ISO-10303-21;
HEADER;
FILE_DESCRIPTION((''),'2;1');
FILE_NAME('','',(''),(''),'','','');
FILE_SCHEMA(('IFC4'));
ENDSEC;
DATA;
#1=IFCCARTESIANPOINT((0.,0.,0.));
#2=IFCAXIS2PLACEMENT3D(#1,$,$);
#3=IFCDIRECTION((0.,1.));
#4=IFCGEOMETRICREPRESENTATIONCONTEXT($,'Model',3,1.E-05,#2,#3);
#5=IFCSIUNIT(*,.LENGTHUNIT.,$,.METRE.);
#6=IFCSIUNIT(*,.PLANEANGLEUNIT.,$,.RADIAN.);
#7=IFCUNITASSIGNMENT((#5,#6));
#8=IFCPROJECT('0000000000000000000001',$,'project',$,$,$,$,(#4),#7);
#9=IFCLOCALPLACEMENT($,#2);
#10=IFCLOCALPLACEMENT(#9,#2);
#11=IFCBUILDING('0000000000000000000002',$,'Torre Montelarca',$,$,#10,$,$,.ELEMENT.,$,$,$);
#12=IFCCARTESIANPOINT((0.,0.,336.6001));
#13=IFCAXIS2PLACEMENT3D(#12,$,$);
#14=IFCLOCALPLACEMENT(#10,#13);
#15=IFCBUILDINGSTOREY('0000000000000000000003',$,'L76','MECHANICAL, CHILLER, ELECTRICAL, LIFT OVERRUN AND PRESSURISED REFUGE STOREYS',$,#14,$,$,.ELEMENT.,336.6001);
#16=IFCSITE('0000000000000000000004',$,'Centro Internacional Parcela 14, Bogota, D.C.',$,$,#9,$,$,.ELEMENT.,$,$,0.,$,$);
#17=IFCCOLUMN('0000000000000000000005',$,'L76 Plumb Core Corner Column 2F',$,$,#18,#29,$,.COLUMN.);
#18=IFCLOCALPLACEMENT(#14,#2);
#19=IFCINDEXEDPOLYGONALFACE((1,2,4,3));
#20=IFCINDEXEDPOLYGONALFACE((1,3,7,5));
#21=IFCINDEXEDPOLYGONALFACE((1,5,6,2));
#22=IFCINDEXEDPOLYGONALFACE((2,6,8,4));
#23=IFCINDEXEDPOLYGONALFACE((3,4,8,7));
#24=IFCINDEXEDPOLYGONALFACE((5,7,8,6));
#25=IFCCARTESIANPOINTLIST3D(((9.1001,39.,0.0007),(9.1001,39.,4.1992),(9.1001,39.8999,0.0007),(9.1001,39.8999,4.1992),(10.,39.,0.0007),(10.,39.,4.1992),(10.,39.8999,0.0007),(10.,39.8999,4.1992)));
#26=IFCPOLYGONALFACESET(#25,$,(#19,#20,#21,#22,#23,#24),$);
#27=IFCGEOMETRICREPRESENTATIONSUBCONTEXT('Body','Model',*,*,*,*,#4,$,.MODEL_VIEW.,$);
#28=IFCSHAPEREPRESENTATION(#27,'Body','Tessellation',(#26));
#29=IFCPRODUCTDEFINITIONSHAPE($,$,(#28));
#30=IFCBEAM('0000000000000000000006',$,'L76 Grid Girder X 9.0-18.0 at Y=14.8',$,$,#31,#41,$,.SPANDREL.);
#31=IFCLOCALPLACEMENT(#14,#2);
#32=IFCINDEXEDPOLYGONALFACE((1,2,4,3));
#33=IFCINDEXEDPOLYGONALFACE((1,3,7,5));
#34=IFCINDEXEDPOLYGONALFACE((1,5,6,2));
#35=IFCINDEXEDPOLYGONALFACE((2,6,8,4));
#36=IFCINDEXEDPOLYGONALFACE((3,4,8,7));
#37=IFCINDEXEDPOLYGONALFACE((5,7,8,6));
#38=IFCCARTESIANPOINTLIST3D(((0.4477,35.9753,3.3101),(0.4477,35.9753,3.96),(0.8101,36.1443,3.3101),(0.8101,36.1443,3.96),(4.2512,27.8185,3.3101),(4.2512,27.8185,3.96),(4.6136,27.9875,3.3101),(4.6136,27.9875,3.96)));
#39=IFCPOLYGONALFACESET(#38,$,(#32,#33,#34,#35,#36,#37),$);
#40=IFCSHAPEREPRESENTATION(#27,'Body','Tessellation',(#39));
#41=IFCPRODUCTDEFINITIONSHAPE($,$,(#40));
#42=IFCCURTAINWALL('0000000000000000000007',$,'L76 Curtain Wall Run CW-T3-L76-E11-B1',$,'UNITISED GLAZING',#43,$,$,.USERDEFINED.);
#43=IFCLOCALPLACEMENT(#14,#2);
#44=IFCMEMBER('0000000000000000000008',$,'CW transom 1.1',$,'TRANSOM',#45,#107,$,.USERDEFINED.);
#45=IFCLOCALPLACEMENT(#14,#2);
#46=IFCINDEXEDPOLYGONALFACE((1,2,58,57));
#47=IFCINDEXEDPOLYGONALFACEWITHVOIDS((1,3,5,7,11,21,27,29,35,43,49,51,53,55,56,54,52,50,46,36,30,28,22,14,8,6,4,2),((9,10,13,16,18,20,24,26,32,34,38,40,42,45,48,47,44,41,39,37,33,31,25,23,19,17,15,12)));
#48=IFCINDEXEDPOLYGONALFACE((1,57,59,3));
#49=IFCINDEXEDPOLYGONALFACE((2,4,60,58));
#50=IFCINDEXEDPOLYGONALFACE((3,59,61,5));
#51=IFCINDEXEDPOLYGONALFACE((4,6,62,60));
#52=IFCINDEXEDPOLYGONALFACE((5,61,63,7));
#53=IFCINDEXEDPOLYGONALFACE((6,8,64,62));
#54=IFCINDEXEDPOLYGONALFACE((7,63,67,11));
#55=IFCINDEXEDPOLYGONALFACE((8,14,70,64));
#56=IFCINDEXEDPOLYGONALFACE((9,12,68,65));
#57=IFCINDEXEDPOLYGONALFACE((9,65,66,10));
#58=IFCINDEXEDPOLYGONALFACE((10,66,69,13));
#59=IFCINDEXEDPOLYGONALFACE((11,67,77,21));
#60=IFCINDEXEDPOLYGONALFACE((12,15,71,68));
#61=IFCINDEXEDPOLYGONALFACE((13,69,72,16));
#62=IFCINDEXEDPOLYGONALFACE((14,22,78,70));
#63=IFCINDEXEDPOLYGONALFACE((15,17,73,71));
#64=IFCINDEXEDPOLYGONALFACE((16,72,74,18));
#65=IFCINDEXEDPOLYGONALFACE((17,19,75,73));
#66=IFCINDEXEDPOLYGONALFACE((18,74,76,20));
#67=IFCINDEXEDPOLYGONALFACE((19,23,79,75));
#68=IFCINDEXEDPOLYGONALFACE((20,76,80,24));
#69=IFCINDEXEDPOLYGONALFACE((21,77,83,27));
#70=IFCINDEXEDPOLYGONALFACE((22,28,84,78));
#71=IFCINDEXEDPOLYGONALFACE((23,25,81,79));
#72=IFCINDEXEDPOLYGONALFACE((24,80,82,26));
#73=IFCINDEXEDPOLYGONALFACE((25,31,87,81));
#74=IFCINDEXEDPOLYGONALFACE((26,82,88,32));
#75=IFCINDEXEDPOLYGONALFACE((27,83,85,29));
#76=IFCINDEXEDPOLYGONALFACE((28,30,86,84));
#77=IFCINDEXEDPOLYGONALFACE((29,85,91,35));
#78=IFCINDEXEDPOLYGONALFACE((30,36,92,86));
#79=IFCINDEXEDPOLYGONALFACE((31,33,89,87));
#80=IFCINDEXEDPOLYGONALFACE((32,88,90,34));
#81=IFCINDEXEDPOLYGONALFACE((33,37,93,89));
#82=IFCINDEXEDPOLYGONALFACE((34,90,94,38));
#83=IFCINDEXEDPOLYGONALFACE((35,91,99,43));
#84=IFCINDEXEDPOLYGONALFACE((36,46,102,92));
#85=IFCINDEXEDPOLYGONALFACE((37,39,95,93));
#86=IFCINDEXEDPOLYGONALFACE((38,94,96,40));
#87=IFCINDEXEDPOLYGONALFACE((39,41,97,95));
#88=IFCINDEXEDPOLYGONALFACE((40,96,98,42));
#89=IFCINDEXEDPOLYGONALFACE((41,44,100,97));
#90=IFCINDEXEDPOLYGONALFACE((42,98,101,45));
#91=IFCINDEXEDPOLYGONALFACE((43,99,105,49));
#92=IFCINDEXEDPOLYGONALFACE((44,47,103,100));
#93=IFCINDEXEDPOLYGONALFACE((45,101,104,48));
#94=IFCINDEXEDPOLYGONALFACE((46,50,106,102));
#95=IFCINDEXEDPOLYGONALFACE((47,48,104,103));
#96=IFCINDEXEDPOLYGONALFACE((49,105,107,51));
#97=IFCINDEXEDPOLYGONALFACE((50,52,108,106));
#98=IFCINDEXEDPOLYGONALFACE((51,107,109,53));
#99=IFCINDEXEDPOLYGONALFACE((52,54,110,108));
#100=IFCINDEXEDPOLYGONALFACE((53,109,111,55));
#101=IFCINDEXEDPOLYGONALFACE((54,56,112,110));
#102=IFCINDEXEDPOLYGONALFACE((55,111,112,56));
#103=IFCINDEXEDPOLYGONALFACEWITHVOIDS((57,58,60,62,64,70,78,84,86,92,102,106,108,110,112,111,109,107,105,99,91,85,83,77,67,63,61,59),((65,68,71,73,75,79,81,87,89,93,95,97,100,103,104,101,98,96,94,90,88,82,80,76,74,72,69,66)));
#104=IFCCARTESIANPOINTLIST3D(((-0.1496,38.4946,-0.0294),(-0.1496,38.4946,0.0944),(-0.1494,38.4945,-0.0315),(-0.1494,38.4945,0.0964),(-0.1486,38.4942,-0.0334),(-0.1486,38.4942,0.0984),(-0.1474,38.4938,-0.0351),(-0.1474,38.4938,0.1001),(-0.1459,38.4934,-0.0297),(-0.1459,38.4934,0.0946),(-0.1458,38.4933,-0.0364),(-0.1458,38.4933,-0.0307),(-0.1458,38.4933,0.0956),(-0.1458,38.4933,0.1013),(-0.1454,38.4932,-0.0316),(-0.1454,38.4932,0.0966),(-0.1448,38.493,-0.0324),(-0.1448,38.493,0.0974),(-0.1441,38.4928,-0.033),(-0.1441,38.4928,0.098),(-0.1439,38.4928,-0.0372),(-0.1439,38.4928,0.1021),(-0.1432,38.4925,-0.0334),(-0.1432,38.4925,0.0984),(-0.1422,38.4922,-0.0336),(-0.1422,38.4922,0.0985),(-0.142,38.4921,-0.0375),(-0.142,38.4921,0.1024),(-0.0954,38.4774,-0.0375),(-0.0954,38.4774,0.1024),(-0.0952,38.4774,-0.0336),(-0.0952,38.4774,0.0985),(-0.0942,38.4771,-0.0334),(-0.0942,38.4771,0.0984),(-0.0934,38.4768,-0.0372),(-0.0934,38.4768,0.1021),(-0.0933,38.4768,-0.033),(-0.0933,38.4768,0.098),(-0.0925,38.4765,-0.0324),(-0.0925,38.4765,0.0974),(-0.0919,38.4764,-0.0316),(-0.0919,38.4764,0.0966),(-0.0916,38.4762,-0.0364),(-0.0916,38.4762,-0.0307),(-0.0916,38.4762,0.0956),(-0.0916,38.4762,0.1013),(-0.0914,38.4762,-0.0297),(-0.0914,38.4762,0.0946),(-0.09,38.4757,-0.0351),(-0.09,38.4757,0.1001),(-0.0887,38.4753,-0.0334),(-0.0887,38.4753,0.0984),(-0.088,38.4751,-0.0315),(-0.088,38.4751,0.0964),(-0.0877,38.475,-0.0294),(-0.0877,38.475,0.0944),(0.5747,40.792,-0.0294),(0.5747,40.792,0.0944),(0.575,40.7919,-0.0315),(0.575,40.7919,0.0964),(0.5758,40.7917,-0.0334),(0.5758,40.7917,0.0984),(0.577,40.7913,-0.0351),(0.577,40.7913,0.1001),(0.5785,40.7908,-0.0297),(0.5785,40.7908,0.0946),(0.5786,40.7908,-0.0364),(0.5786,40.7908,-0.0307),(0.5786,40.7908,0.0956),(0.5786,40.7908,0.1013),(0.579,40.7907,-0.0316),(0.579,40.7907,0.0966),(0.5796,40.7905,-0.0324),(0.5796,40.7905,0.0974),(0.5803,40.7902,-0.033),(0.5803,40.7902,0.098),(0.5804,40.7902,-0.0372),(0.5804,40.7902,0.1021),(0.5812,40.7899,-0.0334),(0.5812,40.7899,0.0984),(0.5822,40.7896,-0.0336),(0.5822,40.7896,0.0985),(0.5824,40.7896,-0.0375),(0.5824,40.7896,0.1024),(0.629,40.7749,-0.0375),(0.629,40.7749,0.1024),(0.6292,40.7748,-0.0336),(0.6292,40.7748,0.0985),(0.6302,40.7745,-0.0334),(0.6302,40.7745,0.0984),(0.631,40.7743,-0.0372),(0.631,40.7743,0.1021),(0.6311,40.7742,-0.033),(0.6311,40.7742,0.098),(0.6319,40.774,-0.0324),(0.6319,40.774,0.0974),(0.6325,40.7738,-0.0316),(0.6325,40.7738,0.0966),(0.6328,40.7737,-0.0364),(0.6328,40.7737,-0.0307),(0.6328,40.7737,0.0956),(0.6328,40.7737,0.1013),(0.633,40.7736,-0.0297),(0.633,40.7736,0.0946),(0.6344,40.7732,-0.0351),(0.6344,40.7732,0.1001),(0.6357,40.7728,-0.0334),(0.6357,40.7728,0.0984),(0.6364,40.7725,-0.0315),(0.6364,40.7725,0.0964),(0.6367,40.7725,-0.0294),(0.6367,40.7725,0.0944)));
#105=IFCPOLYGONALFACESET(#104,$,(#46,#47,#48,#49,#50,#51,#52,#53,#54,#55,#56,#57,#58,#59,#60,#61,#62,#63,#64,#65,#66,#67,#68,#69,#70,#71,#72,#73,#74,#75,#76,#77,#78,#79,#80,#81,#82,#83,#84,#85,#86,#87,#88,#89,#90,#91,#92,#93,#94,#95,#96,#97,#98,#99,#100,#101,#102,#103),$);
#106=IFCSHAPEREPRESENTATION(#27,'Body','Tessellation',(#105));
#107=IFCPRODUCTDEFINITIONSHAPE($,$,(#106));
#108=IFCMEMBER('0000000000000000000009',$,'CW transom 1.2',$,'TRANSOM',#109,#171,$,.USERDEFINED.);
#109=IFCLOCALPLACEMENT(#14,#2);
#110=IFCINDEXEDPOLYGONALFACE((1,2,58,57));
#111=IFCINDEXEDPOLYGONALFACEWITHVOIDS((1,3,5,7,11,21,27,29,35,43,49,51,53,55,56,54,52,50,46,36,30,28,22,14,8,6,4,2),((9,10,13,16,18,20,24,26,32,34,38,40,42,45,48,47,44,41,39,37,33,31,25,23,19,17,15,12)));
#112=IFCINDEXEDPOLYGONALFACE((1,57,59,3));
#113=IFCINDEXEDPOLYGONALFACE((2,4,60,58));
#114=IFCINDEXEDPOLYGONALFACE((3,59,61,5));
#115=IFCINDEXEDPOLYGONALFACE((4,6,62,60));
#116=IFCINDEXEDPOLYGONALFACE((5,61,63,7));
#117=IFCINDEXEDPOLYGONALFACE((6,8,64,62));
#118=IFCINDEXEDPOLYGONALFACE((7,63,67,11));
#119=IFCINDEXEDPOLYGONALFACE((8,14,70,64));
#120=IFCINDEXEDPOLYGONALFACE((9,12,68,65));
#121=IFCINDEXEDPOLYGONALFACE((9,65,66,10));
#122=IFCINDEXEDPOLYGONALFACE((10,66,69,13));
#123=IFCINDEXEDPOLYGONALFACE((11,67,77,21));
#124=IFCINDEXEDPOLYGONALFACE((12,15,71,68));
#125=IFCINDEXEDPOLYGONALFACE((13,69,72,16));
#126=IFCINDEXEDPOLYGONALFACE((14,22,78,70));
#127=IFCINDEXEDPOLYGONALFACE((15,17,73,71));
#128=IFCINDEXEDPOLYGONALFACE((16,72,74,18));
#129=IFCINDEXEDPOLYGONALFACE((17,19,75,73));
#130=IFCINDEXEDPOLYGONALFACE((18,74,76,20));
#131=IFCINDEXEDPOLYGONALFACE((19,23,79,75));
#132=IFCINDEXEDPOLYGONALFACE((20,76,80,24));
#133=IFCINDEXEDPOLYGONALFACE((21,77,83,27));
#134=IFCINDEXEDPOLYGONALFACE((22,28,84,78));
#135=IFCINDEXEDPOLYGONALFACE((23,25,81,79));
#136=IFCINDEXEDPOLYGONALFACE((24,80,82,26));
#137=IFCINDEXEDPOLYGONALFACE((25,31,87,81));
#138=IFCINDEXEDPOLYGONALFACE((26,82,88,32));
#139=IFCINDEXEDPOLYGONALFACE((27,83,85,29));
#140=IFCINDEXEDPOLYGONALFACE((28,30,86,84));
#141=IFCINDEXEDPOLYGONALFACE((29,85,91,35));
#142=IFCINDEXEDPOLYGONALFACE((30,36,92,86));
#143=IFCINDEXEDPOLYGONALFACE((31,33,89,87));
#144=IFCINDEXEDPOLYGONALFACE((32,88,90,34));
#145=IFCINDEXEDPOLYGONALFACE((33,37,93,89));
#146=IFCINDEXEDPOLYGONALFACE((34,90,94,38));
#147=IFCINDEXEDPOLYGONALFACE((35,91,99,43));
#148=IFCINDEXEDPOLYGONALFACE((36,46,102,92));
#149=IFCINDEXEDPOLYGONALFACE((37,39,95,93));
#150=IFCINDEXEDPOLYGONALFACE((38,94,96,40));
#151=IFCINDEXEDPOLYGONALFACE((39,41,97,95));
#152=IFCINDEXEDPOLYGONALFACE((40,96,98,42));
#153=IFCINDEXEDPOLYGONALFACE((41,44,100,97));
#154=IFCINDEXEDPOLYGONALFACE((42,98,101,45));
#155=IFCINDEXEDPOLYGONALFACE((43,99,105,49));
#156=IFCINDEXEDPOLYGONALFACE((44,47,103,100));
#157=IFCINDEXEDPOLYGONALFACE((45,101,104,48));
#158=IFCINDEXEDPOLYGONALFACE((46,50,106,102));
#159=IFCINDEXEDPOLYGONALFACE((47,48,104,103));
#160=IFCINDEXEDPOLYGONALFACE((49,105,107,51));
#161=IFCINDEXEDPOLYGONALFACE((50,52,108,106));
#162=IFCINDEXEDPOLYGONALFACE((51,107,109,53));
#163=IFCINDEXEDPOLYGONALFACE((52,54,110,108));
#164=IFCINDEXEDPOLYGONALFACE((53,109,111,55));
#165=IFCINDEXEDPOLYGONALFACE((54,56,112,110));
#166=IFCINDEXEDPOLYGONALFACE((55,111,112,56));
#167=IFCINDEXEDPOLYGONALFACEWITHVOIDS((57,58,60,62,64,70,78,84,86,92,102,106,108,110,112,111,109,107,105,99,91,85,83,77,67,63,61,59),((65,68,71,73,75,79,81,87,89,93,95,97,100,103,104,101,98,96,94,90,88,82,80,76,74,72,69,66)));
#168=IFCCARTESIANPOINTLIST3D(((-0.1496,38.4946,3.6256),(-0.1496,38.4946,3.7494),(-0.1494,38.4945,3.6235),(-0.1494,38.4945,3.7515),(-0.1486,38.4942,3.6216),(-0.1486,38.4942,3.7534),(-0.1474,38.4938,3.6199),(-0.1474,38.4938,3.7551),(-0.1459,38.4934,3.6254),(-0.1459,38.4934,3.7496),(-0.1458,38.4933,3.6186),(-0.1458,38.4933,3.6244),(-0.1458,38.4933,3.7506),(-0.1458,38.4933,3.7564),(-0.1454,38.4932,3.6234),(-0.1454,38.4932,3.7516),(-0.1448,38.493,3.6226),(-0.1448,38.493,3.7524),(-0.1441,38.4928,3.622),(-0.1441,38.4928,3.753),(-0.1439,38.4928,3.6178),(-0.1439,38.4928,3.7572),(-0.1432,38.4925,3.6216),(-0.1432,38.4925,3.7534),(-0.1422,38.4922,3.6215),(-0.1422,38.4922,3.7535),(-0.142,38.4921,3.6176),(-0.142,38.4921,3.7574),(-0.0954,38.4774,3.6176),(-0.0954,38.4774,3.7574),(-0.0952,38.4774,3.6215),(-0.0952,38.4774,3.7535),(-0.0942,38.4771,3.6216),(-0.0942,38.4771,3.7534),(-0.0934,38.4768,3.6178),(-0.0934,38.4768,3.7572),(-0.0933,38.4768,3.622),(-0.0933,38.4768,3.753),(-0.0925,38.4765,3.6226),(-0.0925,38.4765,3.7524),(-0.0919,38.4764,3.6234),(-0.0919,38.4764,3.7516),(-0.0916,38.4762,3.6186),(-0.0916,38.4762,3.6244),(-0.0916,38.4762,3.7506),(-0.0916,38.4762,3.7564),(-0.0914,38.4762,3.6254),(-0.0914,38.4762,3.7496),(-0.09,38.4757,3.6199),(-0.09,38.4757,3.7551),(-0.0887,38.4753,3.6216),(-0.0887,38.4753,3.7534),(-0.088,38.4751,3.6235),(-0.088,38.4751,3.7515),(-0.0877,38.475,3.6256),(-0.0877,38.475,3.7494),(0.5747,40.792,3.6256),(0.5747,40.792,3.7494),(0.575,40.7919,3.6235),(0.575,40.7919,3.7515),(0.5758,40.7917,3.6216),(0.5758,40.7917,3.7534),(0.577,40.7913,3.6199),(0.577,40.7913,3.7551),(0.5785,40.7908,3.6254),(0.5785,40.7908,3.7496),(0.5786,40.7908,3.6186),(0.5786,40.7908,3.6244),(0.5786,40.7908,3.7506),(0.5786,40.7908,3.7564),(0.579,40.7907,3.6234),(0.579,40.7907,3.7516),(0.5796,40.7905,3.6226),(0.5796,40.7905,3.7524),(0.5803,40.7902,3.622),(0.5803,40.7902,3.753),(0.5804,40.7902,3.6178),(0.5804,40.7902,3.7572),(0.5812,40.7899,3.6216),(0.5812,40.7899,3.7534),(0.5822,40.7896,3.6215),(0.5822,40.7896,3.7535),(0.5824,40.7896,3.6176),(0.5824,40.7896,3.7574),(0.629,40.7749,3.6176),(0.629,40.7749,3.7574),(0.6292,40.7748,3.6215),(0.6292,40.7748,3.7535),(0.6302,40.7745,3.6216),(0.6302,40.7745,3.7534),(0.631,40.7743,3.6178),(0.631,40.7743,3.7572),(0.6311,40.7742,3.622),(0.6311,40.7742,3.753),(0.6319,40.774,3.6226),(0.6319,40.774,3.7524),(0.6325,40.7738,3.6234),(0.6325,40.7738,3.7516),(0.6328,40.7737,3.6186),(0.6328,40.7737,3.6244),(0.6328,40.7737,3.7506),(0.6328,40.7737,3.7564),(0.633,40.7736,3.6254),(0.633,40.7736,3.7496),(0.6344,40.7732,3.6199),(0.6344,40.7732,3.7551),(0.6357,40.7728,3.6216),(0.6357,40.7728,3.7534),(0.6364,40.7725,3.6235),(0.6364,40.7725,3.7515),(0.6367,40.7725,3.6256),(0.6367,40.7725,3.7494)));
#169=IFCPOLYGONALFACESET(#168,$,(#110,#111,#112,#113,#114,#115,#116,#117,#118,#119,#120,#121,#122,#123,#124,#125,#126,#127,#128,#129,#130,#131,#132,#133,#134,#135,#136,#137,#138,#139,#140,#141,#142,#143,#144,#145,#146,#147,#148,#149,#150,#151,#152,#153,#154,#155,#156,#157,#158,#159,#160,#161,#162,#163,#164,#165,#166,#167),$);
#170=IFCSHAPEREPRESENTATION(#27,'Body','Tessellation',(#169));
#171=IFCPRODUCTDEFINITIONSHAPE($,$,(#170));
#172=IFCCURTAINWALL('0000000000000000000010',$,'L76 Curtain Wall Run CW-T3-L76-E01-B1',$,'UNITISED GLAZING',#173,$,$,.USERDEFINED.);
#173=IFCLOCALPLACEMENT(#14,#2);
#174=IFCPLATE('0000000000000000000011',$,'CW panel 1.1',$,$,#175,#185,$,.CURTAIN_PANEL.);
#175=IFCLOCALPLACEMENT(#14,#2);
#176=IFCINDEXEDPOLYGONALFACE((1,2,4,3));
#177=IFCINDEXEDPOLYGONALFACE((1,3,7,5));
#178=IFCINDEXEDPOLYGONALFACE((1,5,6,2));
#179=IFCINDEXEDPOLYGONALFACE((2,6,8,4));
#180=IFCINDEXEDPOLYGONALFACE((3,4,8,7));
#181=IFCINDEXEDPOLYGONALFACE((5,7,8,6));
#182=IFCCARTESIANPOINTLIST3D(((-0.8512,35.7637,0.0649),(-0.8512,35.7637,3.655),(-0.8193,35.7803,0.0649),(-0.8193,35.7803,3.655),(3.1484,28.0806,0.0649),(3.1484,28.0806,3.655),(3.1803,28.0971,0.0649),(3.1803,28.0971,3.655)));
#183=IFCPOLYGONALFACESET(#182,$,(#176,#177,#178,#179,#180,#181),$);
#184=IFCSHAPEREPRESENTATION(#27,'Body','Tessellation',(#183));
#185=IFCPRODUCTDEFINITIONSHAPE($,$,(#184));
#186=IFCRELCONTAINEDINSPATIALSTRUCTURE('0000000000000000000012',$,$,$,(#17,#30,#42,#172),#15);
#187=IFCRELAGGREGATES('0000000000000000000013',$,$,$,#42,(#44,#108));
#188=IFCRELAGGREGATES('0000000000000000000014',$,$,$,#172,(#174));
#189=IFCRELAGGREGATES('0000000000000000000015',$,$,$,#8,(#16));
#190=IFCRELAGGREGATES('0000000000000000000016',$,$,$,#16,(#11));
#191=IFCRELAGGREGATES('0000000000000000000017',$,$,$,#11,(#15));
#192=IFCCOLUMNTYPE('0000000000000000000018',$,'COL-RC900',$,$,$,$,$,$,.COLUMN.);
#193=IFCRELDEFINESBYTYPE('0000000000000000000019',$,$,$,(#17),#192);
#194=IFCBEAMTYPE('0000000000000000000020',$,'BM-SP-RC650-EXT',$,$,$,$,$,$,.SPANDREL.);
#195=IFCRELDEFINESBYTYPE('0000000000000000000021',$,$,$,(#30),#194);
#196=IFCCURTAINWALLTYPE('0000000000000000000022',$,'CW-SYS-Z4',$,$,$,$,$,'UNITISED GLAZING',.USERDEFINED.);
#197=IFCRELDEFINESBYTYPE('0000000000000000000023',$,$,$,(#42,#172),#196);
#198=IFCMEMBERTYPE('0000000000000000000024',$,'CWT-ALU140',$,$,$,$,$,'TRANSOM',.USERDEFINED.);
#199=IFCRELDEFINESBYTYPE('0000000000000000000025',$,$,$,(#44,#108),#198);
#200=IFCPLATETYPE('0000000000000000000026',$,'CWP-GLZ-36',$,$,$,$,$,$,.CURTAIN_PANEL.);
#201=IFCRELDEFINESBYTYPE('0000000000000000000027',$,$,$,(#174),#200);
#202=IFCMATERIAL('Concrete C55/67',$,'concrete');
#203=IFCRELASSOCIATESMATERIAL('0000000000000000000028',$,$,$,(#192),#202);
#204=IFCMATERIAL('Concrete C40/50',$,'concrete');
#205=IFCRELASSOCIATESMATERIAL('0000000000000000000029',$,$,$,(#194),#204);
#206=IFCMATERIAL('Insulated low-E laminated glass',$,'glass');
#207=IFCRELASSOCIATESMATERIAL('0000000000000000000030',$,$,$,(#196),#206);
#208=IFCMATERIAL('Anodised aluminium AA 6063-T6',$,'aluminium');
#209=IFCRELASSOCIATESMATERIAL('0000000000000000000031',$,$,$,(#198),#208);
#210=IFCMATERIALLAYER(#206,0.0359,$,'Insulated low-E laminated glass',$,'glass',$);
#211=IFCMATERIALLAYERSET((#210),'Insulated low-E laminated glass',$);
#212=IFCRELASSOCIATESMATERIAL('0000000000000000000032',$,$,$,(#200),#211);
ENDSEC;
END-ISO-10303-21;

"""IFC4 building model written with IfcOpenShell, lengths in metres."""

from ifc_helpers import new_model, si_unit, direction, frame, origin, origin_2d, place, context, subcontext, project, spatial, rectangle, hollow_rectangle, extrude, source, transform, mapped, material, layer, layer_set, material_profile, profile_set, type_object, element, aggregate, save


model = new_model("IFC4")

# Units and contexts
model_context = context("Model", 3, precision=1e-05, world=origin(), true_north=direction((0.0, 1.0)))
body_context = subcontext(model_context, "Body", "Model", "MODEL_VIEW")
ifc_project = project(units=[si_unit("LENGTHUNIT", "METRE"), si_unit("PLANEANGLEUNIT", "RADIAN")], contexts=[model_context])

# Site, building, storey
site_placement = place(None, origin())
site = spatial("IfcSite", under=ifc_project, at=site_placement, Name="Centro Internacional Parcela 14, Bogota, D.C.", CompositionType="ELEMENT", RefElevation=0.0)
building_placement = place(site_placement, origin())
building = spatial("IfcBuilding", under=site, at=building_placement, Name="Torre Montelarca", CompositionType="ELEMENT")
storey_placement = place(building_placement, frame((0.0, 0.0, 336.6001)))
storey = spatial("IfcBuildingStorey", under=building, at=storey_placement, Name="L76", Description="MECHANICAL, CHILLER, ELECTRICAL, LIFT OVERRUN AND PRESSURISED REFUGE STOREYS", CompositionType="ELEMENT", Elevation=336.6001)

# Column
ifc_material_1 = material(Name="Concrete C55/67", Category="concrete")
ifc_material_profile_1 = material_profile(ifc_material_1, rectangle(XDim=0.8999, YDim=0.8999, at=origin_2d()), Name="RC900X900", Category="concrete")
ifc_profile_set_1 = profile_set([ifc_material_profile_1], Name="Concrete C55/67")
column_type = type_object("IfcColumnType", Name="COL-RC900", PredefinedType="COLUMN", material=ifc_profile_set_1)
shared_shape_1 = source(origin(), body_context, "Body", "SweptSolid", [
    extrude(rectangle(XDim=0.8999, YDim=0.8999, at=origin_2d()), origin(), (0.0, 0.0, 1.0), 4.1985),
])
column_placement = place(storey_placement, frame((9.55, 39.45, 0.0007), z_axis=(0.0, 0.0, 1.0), x_axis=(1.0, 0.0, 0.0)))
element("IfcColumn", 1, at=column_placement, inside=storey, type_object=column_type, Name="L76 Plumb Core Corner Column 2F", PredefinedType="COLUMN", context=body_context, shape_type="MappedRepresentation", body=[
    mapped(shared_shape_1, transform((0.0, 0.0, 0.0), scale=1.0)),
])

# Beam
ifc_material_2 = material(Name="Concrete C40/50", Category="concrete")
ifc_material_profile_2 = material_profile(ifc_material_2, rectangle(XDim=0.3999, YDim=0.6499, at=origin_2d()), Name="RCB400X650", Category="concrete")
ifc_profile_set_2 = profile_set([ifc_material_profile_2], Name="Concrete C40/50")
beam_type = type_object("IfcBeamType", Name="BM-SP-RC650-EXT", PredefinedType="SPANDREL", material=ifc_profile_set_2)
shared_shape_2 = source(origin(), body_context, "Body", "SweptSolid", [
    extrude(rectangle(XDim=0.3999, YDim=0.6499, at=origin_2d()), origin(), (0.0, 0.0, 1.0), 9.0),
])
beam_placement = place(storey_placement, frame((0.6289, 36.0598, 3.635), z_axis=(0.422611, -0.906311, 0.0), x_axis=(0.906311, 0.422611, 0.0)))
element("IfcBeam", 2, at=beam_placement, inside=storey, type_object=beam_type, Name="L76 Grid Girder X 9.0-18.0 at Y=14.8", PredefinedType="SPANDREL", context=body_context, shape_type="MappedRepresentation", body=[
    mapped(shared_shape_2, transform((0.0, 0.0, 0.0), scale=1.0)),
])

# Curtain wall, members
ifc_material_3 = material(Name="Insulated low-E laminated glass", Category="glass")
curtain_wall_type = type_object("IfcCurtainWallType", Name="CW-SYS-Z4", ElementType="UNITISED GLAZING", PredefinedType="USERDEFINED", material=ifc_material_3)
curtain_wall_1_placement = place(storey_placement, origin())
curtain_wall_1 = element("IfcCurtainWall", 3, at=curtain_wall_1_placement, inside=storey, type_object=curtain_wall_type, Name="L76 Curtain Wall Run CW-T3-L76-E11-B1", ObjectType="UNITISED GLAZING", PredefinedType="USERDEFINED")
ifc_material_4 = material(Name="Anodised aluminium AA 6063-T6", Category="aluminium")
ifc_material_profile_3 = material_profile(ifc_material_4, hollow_rectangle(XDim=0.0649, YDim=0.1399, WallThickness=0.0039, InnerFilletRadius=0.0039, OuterFilletRadius=0.0081, at=origin_2d()), Name="ALU65X140X4", Category="aluminium")
ifc_profile_set_3 = profile_set([ifc_material_profile_3], Name="Anodised aluminium AA 6063-T6")
member_type = type_object("IfcMemberType", Name="CWT-ALU140", ElementType="TRANSOM", PredefinedType="USERDEFINED", material=ifc_profile_set_3)
shared_shape_3 = source(origin(), body_context, "Body", "SweptSolid", [
    extrude(hollow_rectangle(XDim=0.0649, YDim=0.1399, WallThickness=0.0039, InnerFilletRadius=0.0039, OuterFilletRadius=0.0081, at=origin_2d()), origin(), (0.0, 0.0, 1.0), 2.4089),
])
member_1_placement = place(storey_placement, frame((0.6057, 40.7822, 0.0325), z_axis=(-0.300709, -0.953716, 0.0), x_axis=(0.953716, -0.300709, 0.0)))
member_1 = element("IfcMember", 4, at=member_1_placement, type_object=member_type, Name="CW transom 1.1", ObjectType="TRANSOM", PredefinedType="USERDEFINED", context=body_context, shape_type="MappedRepresentation", body=[
    mapped(shared_shape_3, transform((0.0, 0.0, 0.0), scale=1.0)),
])
member_2_placement = place(storey_placement, frame((0.6057, 40.7822, 3.6875), z_axis=(-0.300709, -0.953716, 0.0), x_axis=(0.953716, -0.300709, 0.0)))
member_2 = element("IfcMember", 5, at=member_2_placement, type_object=member_type, Name="CW transom 1.2", ObjectType="TRANSOM", PredefinedType="USERDEFINED", context=body_context, shape_type="MappedRepresentation", body=[
    mapped(shared_shape_3, transform((0.0, 0.0, 0.0), scale=1.0)),
])
aggregate(curtain_wall_1, [member_1, member_2])

# Curtain wall, plate
curtain_wall_2_placement = place(storey_placement, origin())
curtain_wall_2 = element("IfcCurtainWall", 6, at=curtain_wall_2_placement, inside=storey, type_object=curtain_wall_type, Name="L76 Curtain Wall Run CW-T3-L76-E01-B1", ObjectType="UNITISED GLAZING", PredefinedType="USERDEFINED")
ifc_layer_1 = layer(ifc_material_3, 0.0359, Name="Insulated low-E laminated glass", Category="glass")
ifc_layer_set_1 = layer_set([ifc_layer_1], Name="Insulated low-E laminated glass")
plate_type = type_object("IfcPlateType", Name="CWP-GLZ-36", PredefinedType="CURTAIN_PANEL", material=ifc_layer_set_1)
shared_shape_4 = source(origin(), body_context, "Body", "SweptSolid", [
    extrude(rectangle(XDim=8.6619, YDim=0.0359, at=origin_2d()), origin(), (0.0, 0.0, 1.0), 3.5901),
])
plate_placement = place(storey_placement, frame((1.1646, 31.9304, 0.0649), z_axis=(0.0, 0.0, 1.0), x_axis=(0.461749, -0.887011, 0.0)))
plate = element("IfcPlate", 7, at=plate_placement, type_object=plate_type, Name="CW panel 1.1", PredefinedType="CURTAIN_PANEL", context=body_context, shape_type="MappedRepresentation", body=[
    mapped(shared_shape_4, transform((0.0, 0.0, 0.0), scale=1.0)),
])
aggregate(curtain_wall_2, [plate])

save(model, "model.ifc")
